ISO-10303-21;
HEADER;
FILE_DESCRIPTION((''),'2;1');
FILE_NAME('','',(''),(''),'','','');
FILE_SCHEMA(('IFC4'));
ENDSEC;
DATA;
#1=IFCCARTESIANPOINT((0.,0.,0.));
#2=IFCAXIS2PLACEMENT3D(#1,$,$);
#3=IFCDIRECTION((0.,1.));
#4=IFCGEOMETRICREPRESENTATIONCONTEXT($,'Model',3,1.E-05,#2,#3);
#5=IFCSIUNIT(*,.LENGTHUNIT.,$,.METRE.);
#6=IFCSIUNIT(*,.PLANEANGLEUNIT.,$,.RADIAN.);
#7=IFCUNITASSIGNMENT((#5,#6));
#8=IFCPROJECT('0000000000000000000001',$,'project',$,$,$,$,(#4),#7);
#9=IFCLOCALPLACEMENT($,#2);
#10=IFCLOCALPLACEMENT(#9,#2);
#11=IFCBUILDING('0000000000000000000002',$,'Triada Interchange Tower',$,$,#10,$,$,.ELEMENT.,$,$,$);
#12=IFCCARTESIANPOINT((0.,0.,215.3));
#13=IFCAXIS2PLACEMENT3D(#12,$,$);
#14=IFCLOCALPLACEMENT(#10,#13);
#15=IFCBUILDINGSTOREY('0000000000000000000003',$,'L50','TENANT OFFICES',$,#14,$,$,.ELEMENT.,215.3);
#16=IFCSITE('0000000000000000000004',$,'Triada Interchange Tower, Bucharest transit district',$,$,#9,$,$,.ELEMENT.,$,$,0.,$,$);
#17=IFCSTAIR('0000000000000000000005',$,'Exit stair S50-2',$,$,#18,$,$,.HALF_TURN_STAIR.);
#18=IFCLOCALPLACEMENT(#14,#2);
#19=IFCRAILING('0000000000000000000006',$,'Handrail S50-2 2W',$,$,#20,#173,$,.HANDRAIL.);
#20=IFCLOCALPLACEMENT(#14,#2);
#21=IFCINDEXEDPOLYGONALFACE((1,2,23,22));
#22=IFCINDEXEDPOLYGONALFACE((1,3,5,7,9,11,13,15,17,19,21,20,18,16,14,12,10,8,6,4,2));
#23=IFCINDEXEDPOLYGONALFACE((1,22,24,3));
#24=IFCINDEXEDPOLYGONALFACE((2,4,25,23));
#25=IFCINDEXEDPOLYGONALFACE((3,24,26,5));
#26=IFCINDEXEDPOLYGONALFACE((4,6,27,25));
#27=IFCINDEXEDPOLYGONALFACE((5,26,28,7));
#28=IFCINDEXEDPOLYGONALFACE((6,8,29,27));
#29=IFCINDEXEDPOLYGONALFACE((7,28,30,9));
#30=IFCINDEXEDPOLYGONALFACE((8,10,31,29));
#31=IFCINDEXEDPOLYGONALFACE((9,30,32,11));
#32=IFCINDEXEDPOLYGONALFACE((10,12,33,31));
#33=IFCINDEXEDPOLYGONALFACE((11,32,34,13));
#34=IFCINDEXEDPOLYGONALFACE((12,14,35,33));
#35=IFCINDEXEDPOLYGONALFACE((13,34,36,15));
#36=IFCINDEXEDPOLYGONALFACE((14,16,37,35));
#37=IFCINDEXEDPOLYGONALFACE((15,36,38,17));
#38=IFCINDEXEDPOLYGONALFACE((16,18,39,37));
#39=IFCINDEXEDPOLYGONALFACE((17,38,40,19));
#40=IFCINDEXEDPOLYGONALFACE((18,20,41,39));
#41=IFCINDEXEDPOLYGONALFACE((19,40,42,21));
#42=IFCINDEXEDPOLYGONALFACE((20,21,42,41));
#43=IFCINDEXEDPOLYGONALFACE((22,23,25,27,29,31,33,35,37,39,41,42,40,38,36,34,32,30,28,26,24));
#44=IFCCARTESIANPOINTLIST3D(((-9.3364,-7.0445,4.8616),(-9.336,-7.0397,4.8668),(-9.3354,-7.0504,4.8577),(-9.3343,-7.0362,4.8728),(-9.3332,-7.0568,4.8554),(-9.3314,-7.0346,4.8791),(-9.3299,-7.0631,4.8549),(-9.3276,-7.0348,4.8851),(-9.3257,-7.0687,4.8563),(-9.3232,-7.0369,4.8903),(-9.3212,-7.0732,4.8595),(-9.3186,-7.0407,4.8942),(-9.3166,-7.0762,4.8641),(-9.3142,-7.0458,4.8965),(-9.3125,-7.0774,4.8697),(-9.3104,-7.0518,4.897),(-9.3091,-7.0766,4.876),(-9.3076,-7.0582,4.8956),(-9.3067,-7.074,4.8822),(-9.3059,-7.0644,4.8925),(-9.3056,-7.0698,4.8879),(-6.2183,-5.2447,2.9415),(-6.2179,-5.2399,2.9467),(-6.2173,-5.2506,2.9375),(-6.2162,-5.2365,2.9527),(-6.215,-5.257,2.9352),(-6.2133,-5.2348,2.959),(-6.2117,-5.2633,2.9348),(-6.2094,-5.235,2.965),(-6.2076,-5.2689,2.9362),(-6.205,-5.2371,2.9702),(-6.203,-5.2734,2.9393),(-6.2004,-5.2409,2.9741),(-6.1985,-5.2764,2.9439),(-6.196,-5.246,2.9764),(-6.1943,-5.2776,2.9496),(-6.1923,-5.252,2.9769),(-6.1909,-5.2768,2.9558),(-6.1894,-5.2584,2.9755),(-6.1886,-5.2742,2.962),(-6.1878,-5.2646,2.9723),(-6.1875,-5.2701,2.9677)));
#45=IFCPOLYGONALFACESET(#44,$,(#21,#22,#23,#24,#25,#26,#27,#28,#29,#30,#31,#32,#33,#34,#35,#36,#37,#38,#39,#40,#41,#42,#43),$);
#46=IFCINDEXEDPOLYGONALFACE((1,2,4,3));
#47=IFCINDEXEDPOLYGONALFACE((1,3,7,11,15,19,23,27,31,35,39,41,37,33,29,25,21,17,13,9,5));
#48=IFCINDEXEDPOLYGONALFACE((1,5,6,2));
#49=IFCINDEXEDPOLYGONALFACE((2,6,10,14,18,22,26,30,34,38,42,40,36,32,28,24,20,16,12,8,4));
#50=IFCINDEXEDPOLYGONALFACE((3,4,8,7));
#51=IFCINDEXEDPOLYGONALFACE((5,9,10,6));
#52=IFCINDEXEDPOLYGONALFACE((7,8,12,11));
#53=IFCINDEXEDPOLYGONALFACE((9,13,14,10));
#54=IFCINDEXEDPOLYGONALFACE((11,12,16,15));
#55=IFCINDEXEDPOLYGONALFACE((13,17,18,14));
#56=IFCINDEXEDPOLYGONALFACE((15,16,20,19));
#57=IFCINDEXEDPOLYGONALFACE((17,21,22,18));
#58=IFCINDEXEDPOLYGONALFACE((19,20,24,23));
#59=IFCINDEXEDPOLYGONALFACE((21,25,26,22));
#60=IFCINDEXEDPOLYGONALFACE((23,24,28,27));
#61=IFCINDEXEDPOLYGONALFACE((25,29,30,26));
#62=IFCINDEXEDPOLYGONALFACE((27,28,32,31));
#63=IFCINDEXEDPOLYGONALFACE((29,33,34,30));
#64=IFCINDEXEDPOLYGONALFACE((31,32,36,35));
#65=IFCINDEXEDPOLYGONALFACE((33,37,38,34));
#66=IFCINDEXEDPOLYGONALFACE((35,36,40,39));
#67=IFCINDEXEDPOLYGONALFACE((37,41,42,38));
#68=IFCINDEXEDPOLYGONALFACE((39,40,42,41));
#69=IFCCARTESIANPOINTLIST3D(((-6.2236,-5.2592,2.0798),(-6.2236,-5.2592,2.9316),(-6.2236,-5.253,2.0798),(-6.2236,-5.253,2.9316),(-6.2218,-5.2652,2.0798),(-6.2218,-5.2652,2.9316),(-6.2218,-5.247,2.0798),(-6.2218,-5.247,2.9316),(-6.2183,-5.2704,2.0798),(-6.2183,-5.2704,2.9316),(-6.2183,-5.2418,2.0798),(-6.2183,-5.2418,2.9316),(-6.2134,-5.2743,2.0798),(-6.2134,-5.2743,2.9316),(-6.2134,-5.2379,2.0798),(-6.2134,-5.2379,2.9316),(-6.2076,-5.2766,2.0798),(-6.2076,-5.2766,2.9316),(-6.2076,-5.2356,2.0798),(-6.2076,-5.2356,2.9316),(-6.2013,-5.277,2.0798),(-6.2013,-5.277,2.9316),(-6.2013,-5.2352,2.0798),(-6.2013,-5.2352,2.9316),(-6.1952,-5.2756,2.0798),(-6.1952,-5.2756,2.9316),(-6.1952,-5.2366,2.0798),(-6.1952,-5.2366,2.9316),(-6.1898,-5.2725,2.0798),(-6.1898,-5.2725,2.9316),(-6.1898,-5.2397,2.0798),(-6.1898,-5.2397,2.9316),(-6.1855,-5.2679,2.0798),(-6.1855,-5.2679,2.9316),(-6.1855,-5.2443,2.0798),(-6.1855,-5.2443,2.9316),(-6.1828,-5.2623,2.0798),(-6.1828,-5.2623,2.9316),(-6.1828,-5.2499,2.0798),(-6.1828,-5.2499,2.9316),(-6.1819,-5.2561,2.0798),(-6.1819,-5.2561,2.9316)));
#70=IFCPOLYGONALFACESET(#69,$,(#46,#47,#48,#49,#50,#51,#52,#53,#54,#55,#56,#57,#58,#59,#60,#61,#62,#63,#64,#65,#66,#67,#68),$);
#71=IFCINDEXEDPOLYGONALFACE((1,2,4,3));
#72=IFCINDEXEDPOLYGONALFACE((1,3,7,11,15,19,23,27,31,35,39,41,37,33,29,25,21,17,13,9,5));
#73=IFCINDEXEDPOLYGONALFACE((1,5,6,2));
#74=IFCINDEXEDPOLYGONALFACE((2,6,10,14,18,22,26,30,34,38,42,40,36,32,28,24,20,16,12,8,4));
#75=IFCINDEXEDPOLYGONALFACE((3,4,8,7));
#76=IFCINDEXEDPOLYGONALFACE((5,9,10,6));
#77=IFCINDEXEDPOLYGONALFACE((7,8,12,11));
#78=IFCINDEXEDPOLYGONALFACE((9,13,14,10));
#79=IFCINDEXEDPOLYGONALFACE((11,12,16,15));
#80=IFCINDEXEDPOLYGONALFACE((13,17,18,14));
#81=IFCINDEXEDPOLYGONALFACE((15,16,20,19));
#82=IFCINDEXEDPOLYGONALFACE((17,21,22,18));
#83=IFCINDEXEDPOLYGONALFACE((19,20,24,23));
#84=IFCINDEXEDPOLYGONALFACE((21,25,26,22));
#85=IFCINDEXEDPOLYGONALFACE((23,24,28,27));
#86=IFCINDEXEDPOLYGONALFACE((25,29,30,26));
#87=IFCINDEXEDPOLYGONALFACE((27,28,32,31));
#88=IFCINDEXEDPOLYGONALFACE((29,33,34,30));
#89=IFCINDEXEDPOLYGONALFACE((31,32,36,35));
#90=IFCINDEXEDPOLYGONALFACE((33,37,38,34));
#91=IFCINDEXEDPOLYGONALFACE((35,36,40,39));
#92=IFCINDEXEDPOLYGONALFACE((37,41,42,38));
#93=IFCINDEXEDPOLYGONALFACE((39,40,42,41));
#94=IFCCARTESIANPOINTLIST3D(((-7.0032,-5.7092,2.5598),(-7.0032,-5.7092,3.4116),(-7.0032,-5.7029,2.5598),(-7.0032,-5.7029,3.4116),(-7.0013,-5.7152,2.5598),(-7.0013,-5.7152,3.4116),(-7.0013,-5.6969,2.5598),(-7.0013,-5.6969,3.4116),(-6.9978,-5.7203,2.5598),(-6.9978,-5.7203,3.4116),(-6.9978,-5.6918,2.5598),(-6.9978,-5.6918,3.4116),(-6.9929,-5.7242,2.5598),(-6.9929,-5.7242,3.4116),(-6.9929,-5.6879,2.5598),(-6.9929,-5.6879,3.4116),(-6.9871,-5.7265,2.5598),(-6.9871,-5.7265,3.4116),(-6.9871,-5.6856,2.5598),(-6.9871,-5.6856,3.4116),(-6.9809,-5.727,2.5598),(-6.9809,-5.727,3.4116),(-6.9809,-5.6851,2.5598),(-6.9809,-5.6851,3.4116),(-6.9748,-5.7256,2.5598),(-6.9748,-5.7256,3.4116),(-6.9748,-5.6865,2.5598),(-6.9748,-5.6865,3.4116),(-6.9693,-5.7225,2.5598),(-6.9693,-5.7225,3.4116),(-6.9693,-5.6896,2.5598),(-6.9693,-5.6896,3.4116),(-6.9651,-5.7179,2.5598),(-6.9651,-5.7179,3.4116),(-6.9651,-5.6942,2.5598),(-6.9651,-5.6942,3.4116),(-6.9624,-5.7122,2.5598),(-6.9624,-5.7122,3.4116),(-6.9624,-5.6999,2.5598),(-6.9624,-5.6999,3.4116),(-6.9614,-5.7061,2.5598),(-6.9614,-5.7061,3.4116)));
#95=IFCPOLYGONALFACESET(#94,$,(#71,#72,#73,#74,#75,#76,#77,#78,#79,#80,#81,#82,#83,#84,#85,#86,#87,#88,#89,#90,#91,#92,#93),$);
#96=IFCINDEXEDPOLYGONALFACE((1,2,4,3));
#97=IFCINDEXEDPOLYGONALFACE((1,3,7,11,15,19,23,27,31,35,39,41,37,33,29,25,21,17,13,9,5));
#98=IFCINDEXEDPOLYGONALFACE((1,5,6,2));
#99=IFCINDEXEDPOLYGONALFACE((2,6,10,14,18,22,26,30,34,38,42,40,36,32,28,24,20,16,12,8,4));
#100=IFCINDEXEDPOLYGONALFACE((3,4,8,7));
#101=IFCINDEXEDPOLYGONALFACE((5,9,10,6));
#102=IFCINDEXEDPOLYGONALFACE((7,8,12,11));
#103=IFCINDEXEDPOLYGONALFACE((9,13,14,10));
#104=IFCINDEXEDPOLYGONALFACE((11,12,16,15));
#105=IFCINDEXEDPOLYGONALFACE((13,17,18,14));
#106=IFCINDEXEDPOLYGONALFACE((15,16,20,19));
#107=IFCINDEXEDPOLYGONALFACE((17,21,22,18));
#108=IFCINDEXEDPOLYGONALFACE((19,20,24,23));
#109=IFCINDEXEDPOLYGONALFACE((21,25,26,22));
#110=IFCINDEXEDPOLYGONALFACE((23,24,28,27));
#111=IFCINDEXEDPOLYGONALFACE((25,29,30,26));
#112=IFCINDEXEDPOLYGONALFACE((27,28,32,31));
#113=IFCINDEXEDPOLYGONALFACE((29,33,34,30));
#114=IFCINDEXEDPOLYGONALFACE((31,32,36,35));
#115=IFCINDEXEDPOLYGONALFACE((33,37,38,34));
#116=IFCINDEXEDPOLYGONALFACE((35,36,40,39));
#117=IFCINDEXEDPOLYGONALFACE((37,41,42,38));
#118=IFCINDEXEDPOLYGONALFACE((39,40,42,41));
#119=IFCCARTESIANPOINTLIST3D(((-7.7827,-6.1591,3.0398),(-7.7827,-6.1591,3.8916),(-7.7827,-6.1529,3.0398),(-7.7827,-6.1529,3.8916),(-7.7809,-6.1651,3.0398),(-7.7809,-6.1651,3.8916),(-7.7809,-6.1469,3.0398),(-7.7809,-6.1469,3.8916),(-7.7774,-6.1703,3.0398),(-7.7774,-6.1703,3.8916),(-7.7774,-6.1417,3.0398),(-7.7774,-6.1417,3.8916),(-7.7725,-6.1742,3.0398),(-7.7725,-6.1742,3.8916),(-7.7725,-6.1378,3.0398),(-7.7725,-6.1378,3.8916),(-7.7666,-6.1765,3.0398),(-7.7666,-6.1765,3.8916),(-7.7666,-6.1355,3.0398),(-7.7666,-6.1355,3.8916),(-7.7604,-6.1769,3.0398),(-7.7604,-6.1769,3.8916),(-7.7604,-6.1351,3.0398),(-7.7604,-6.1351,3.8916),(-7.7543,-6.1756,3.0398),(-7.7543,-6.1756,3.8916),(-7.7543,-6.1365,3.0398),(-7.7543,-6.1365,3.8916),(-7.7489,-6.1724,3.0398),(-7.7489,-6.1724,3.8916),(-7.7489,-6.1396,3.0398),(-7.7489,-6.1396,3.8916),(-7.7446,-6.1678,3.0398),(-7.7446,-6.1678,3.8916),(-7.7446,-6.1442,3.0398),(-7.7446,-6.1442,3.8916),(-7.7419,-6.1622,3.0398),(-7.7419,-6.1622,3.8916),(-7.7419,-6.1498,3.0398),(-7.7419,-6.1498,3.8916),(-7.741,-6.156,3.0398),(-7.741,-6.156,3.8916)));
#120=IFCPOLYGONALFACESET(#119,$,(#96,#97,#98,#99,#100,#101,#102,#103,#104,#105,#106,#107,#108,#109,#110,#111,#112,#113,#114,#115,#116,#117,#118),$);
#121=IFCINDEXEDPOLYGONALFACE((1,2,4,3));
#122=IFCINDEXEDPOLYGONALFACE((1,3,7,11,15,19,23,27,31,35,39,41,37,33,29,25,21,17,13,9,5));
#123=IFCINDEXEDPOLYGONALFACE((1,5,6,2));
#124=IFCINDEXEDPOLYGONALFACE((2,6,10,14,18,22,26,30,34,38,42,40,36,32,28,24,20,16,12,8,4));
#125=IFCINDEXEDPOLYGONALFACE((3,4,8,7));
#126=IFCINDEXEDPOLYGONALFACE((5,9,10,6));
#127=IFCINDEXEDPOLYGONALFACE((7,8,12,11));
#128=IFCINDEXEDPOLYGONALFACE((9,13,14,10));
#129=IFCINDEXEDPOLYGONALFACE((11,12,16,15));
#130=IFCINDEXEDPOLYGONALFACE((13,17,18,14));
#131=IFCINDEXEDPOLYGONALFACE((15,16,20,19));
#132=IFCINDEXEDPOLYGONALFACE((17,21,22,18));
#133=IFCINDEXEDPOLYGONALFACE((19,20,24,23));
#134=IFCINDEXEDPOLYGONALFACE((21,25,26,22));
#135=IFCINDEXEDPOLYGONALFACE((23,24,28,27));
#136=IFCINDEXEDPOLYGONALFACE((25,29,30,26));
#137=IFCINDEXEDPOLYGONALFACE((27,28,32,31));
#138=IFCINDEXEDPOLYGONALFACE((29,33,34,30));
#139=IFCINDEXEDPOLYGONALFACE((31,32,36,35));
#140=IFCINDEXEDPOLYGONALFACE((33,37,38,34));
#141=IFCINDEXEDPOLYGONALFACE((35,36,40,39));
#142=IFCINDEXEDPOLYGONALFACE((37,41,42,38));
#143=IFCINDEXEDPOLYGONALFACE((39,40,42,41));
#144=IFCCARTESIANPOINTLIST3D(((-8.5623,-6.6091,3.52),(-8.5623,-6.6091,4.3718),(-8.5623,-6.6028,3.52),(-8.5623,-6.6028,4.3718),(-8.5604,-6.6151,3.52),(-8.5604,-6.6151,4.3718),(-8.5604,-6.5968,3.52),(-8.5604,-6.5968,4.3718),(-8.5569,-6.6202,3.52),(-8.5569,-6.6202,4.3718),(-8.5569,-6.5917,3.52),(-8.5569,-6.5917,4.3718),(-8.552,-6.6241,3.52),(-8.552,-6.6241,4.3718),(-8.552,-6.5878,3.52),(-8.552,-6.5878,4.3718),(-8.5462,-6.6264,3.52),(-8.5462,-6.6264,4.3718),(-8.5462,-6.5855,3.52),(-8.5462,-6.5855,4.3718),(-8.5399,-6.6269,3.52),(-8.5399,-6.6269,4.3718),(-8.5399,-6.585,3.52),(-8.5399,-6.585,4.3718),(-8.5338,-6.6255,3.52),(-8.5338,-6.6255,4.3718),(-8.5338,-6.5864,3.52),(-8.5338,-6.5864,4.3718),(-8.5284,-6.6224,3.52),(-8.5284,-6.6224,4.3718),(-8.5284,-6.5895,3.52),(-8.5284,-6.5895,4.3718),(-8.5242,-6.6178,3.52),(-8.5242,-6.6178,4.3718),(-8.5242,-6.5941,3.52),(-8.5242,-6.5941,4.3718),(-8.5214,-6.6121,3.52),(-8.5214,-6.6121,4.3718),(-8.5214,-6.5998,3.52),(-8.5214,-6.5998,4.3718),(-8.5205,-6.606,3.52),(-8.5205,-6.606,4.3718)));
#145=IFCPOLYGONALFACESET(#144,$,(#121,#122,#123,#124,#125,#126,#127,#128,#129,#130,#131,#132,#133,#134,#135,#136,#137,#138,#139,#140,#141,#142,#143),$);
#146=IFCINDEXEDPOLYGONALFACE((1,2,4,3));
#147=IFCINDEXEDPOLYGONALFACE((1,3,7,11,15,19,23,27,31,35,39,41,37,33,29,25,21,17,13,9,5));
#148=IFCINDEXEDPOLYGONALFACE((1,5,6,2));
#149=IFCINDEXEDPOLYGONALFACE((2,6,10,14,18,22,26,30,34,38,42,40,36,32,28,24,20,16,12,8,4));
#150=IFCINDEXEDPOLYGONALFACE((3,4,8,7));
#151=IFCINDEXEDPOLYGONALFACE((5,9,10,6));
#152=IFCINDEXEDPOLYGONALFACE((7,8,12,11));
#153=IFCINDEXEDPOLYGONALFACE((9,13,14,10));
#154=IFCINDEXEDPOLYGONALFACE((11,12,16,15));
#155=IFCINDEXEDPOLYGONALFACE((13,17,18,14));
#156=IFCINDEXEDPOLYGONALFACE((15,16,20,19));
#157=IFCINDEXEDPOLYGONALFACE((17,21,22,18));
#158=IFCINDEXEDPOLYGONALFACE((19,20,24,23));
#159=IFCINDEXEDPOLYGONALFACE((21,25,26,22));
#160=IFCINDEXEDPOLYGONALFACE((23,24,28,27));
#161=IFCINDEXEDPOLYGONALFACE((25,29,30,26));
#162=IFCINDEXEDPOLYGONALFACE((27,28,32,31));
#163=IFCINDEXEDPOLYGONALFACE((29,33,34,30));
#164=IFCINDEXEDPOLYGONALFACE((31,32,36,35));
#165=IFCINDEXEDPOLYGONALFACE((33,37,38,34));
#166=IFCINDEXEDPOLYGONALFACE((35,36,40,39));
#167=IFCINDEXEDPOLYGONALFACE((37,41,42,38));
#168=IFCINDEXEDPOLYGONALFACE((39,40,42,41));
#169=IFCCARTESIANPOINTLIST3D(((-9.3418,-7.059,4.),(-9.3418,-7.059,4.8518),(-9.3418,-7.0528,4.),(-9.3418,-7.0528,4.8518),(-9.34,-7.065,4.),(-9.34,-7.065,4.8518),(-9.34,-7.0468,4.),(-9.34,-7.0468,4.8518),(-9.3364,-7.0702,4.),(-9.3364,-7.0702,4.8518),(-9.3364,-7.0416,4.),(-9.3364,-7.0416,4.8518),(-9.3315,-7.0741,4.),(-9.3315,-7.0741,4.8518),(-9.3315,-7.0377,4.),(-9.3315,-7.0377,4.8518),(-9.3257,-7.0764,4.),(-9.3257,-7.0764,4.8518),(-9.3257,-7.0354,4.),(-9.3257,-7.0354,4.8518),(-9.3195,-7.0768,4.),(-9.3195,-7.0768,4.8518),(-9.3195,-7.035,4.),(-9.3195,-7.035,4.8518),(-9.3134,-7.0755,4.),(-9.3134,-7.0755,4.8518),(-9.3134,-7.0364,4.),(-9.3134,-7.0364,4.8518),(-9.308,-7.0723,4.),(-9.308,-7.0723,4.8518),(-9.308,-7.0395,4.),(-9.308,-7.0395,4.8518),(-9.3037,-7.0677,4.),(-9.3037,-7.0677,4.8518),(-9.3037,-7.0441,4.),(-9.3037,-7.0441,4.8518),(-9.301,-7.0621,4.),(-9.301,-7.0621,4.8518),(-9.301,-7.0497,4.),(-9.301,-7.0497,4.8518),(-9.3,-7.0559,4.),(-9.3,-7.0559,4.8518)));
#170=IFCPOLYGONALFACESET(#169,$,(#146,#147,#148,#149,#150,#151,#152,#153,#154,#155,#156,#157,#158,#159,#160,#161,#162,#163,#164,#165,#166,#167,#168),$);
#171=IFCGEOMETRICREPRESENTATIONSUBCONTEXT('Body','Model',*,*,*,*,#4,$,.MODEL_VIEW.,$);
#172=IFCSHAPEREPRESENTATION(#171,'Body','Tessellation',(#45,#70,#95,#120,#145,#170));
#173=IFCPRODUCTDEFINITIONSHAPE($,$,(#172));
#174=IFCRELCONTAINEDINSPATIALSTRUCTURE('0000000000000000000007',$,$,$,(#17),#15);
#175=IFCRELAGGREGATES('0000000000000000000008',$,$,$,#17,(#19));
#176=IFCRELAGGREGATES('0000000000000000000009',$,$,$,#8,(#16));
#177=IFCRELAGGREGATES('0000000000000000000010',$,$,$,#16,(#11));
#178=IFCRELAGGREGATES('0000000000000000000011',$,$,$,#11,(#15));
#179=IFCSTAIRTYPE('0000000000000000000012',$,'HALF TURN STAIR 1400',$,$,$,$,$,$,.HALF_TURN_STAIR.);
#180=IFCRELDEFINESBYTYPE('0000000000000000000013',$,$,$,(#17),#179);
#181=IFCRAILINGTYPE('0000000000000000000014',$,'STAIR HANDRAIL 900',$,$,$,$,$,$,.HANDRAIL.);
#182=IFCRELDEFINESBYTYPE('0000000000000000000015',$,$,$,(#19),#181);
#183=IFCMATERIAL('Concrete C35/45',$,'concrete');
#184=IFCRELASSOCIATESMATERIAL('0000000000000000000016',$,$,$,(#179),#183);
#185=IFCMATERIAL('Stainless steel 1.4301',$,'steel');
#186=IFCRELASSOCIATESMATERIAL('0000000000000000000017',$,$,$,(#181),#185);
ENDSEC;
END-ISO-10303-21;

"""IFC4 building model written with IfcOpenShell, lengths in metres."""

from ifc_helpers import new_model, si_unit, direction, frame, origin, origin_2d, place, context, subcontext, project, spatial, circle, extrude, material, type_object, element, aggregate, save


model = new_model("IFC4")

# Units and contexts
model_context = context("Model", 3, precision=1e-05, world=origin(), true_north=direction((0.0, 1.0)))
body_context = subcontext(model_context, "Body", "Model", "MODEL_VIEW")
ifc_project = project(units=[si_unit("LENGTHUNIT", "METRE"), si_unit("PLANEANGLEUNIT", "RADIAN")], contexts=[model_context])

# Site, building, storey
site_placement = place(None, origin())
site = spatial("IfcSite", under=ifc_project, at=site_placement, Name="Triada Interchange Tower, Bucharest transit district", CompositionType="ELEMENT", RefElevation=0.0)
building_placement = place(site_placement, origin())
building = spatial("IfcBuilding", under=site, at=building_placement, Name="Triada Interchange Tower", CompositionType="ELEMENT")
storey_placement = place(building_placement, frame((0.0, 0.0, 215.3)))
storey = spatial("IfcBuildingStorey", under=building, at=storey_placement, Name="L50", Description="TENANT OFFICES", CompositionType="ELEMENT", Elevation=215.3)

# Stair, railing
ifc_material_1 = material(Name="Concrete C35/45", Category="concrete")
stair_type = type_object("IfcStairType", Name="HALF TURN STAIR 1400", PredefinedType="HALF_TURN_STAIR", material=ifc_material_1)
stair_placement = place(storey_placement, origin())
stair = element("IfcStair", 1, at=stair_placement, inside=storey, type_object=stair_type, Name="Exit stair S50-2", PredefinedType="HALF_TURN_STAIR")
ifc_material_2 = material(Name="Stainless steel 1.4301", Category="steel")
railing_type = type_object("IfcRailingType", Name="STAIR HANDRAIL 900", PredefinedType="HANDRAIL", material=ifc_material_2)
railing_1_placement = place(storey_placement, frame((-6.2029, -5.2561, 2.0798)))
railing_1 = element("IfcRailing", 2, at=railing_1_placement, type_object=railing_type, Name="Handrail S50-2 2W", PredefinedType="HANDRAIL", context=body_context, shape_type="SweptSolid", body=[
    extrude(circle(Radius=0.0239, at=origin_2d()), frame((0.0, 0.0, 0.876), z_axis=(-0.76419, -0.44109, 0.470588), x_axis=(0.499902, -0.866082, 0.0)), (0.0, 0.0, 1.0), 4.0803),
    extrude(circle(Radius=0.021, at=origin_2d()), origin(), (0.0, 0.0, 1.0), 0.8518),
    extrude(circle(Radius=0.021, at=origin_2d()), frame((-0.7795, -0.45, 0.48)), (0.0, 0.0, 1.0), 0.8518),
    extrude(circle(Radius=0.021, at=origin_2d()), frame((-1.5591, -0.8999, 0.96)), (0.0, 0.0, 1.0), 0.8518),
    extrude(circle(Radius=0.021, at=origin_2d()), frame((-2.3386, -1.3499, 1.4402)), (0.0, 0.0, 1.0), 0.8518),
    extrude(circle(Radius=0.021, at=origin_2d()), frame((-3.1182, -1.7998, 1.9202)), (0.0, 0.0, 1.0), 0.8518),
])
aggregate(stair, [railing_1])

save(model, "model.ifc")
